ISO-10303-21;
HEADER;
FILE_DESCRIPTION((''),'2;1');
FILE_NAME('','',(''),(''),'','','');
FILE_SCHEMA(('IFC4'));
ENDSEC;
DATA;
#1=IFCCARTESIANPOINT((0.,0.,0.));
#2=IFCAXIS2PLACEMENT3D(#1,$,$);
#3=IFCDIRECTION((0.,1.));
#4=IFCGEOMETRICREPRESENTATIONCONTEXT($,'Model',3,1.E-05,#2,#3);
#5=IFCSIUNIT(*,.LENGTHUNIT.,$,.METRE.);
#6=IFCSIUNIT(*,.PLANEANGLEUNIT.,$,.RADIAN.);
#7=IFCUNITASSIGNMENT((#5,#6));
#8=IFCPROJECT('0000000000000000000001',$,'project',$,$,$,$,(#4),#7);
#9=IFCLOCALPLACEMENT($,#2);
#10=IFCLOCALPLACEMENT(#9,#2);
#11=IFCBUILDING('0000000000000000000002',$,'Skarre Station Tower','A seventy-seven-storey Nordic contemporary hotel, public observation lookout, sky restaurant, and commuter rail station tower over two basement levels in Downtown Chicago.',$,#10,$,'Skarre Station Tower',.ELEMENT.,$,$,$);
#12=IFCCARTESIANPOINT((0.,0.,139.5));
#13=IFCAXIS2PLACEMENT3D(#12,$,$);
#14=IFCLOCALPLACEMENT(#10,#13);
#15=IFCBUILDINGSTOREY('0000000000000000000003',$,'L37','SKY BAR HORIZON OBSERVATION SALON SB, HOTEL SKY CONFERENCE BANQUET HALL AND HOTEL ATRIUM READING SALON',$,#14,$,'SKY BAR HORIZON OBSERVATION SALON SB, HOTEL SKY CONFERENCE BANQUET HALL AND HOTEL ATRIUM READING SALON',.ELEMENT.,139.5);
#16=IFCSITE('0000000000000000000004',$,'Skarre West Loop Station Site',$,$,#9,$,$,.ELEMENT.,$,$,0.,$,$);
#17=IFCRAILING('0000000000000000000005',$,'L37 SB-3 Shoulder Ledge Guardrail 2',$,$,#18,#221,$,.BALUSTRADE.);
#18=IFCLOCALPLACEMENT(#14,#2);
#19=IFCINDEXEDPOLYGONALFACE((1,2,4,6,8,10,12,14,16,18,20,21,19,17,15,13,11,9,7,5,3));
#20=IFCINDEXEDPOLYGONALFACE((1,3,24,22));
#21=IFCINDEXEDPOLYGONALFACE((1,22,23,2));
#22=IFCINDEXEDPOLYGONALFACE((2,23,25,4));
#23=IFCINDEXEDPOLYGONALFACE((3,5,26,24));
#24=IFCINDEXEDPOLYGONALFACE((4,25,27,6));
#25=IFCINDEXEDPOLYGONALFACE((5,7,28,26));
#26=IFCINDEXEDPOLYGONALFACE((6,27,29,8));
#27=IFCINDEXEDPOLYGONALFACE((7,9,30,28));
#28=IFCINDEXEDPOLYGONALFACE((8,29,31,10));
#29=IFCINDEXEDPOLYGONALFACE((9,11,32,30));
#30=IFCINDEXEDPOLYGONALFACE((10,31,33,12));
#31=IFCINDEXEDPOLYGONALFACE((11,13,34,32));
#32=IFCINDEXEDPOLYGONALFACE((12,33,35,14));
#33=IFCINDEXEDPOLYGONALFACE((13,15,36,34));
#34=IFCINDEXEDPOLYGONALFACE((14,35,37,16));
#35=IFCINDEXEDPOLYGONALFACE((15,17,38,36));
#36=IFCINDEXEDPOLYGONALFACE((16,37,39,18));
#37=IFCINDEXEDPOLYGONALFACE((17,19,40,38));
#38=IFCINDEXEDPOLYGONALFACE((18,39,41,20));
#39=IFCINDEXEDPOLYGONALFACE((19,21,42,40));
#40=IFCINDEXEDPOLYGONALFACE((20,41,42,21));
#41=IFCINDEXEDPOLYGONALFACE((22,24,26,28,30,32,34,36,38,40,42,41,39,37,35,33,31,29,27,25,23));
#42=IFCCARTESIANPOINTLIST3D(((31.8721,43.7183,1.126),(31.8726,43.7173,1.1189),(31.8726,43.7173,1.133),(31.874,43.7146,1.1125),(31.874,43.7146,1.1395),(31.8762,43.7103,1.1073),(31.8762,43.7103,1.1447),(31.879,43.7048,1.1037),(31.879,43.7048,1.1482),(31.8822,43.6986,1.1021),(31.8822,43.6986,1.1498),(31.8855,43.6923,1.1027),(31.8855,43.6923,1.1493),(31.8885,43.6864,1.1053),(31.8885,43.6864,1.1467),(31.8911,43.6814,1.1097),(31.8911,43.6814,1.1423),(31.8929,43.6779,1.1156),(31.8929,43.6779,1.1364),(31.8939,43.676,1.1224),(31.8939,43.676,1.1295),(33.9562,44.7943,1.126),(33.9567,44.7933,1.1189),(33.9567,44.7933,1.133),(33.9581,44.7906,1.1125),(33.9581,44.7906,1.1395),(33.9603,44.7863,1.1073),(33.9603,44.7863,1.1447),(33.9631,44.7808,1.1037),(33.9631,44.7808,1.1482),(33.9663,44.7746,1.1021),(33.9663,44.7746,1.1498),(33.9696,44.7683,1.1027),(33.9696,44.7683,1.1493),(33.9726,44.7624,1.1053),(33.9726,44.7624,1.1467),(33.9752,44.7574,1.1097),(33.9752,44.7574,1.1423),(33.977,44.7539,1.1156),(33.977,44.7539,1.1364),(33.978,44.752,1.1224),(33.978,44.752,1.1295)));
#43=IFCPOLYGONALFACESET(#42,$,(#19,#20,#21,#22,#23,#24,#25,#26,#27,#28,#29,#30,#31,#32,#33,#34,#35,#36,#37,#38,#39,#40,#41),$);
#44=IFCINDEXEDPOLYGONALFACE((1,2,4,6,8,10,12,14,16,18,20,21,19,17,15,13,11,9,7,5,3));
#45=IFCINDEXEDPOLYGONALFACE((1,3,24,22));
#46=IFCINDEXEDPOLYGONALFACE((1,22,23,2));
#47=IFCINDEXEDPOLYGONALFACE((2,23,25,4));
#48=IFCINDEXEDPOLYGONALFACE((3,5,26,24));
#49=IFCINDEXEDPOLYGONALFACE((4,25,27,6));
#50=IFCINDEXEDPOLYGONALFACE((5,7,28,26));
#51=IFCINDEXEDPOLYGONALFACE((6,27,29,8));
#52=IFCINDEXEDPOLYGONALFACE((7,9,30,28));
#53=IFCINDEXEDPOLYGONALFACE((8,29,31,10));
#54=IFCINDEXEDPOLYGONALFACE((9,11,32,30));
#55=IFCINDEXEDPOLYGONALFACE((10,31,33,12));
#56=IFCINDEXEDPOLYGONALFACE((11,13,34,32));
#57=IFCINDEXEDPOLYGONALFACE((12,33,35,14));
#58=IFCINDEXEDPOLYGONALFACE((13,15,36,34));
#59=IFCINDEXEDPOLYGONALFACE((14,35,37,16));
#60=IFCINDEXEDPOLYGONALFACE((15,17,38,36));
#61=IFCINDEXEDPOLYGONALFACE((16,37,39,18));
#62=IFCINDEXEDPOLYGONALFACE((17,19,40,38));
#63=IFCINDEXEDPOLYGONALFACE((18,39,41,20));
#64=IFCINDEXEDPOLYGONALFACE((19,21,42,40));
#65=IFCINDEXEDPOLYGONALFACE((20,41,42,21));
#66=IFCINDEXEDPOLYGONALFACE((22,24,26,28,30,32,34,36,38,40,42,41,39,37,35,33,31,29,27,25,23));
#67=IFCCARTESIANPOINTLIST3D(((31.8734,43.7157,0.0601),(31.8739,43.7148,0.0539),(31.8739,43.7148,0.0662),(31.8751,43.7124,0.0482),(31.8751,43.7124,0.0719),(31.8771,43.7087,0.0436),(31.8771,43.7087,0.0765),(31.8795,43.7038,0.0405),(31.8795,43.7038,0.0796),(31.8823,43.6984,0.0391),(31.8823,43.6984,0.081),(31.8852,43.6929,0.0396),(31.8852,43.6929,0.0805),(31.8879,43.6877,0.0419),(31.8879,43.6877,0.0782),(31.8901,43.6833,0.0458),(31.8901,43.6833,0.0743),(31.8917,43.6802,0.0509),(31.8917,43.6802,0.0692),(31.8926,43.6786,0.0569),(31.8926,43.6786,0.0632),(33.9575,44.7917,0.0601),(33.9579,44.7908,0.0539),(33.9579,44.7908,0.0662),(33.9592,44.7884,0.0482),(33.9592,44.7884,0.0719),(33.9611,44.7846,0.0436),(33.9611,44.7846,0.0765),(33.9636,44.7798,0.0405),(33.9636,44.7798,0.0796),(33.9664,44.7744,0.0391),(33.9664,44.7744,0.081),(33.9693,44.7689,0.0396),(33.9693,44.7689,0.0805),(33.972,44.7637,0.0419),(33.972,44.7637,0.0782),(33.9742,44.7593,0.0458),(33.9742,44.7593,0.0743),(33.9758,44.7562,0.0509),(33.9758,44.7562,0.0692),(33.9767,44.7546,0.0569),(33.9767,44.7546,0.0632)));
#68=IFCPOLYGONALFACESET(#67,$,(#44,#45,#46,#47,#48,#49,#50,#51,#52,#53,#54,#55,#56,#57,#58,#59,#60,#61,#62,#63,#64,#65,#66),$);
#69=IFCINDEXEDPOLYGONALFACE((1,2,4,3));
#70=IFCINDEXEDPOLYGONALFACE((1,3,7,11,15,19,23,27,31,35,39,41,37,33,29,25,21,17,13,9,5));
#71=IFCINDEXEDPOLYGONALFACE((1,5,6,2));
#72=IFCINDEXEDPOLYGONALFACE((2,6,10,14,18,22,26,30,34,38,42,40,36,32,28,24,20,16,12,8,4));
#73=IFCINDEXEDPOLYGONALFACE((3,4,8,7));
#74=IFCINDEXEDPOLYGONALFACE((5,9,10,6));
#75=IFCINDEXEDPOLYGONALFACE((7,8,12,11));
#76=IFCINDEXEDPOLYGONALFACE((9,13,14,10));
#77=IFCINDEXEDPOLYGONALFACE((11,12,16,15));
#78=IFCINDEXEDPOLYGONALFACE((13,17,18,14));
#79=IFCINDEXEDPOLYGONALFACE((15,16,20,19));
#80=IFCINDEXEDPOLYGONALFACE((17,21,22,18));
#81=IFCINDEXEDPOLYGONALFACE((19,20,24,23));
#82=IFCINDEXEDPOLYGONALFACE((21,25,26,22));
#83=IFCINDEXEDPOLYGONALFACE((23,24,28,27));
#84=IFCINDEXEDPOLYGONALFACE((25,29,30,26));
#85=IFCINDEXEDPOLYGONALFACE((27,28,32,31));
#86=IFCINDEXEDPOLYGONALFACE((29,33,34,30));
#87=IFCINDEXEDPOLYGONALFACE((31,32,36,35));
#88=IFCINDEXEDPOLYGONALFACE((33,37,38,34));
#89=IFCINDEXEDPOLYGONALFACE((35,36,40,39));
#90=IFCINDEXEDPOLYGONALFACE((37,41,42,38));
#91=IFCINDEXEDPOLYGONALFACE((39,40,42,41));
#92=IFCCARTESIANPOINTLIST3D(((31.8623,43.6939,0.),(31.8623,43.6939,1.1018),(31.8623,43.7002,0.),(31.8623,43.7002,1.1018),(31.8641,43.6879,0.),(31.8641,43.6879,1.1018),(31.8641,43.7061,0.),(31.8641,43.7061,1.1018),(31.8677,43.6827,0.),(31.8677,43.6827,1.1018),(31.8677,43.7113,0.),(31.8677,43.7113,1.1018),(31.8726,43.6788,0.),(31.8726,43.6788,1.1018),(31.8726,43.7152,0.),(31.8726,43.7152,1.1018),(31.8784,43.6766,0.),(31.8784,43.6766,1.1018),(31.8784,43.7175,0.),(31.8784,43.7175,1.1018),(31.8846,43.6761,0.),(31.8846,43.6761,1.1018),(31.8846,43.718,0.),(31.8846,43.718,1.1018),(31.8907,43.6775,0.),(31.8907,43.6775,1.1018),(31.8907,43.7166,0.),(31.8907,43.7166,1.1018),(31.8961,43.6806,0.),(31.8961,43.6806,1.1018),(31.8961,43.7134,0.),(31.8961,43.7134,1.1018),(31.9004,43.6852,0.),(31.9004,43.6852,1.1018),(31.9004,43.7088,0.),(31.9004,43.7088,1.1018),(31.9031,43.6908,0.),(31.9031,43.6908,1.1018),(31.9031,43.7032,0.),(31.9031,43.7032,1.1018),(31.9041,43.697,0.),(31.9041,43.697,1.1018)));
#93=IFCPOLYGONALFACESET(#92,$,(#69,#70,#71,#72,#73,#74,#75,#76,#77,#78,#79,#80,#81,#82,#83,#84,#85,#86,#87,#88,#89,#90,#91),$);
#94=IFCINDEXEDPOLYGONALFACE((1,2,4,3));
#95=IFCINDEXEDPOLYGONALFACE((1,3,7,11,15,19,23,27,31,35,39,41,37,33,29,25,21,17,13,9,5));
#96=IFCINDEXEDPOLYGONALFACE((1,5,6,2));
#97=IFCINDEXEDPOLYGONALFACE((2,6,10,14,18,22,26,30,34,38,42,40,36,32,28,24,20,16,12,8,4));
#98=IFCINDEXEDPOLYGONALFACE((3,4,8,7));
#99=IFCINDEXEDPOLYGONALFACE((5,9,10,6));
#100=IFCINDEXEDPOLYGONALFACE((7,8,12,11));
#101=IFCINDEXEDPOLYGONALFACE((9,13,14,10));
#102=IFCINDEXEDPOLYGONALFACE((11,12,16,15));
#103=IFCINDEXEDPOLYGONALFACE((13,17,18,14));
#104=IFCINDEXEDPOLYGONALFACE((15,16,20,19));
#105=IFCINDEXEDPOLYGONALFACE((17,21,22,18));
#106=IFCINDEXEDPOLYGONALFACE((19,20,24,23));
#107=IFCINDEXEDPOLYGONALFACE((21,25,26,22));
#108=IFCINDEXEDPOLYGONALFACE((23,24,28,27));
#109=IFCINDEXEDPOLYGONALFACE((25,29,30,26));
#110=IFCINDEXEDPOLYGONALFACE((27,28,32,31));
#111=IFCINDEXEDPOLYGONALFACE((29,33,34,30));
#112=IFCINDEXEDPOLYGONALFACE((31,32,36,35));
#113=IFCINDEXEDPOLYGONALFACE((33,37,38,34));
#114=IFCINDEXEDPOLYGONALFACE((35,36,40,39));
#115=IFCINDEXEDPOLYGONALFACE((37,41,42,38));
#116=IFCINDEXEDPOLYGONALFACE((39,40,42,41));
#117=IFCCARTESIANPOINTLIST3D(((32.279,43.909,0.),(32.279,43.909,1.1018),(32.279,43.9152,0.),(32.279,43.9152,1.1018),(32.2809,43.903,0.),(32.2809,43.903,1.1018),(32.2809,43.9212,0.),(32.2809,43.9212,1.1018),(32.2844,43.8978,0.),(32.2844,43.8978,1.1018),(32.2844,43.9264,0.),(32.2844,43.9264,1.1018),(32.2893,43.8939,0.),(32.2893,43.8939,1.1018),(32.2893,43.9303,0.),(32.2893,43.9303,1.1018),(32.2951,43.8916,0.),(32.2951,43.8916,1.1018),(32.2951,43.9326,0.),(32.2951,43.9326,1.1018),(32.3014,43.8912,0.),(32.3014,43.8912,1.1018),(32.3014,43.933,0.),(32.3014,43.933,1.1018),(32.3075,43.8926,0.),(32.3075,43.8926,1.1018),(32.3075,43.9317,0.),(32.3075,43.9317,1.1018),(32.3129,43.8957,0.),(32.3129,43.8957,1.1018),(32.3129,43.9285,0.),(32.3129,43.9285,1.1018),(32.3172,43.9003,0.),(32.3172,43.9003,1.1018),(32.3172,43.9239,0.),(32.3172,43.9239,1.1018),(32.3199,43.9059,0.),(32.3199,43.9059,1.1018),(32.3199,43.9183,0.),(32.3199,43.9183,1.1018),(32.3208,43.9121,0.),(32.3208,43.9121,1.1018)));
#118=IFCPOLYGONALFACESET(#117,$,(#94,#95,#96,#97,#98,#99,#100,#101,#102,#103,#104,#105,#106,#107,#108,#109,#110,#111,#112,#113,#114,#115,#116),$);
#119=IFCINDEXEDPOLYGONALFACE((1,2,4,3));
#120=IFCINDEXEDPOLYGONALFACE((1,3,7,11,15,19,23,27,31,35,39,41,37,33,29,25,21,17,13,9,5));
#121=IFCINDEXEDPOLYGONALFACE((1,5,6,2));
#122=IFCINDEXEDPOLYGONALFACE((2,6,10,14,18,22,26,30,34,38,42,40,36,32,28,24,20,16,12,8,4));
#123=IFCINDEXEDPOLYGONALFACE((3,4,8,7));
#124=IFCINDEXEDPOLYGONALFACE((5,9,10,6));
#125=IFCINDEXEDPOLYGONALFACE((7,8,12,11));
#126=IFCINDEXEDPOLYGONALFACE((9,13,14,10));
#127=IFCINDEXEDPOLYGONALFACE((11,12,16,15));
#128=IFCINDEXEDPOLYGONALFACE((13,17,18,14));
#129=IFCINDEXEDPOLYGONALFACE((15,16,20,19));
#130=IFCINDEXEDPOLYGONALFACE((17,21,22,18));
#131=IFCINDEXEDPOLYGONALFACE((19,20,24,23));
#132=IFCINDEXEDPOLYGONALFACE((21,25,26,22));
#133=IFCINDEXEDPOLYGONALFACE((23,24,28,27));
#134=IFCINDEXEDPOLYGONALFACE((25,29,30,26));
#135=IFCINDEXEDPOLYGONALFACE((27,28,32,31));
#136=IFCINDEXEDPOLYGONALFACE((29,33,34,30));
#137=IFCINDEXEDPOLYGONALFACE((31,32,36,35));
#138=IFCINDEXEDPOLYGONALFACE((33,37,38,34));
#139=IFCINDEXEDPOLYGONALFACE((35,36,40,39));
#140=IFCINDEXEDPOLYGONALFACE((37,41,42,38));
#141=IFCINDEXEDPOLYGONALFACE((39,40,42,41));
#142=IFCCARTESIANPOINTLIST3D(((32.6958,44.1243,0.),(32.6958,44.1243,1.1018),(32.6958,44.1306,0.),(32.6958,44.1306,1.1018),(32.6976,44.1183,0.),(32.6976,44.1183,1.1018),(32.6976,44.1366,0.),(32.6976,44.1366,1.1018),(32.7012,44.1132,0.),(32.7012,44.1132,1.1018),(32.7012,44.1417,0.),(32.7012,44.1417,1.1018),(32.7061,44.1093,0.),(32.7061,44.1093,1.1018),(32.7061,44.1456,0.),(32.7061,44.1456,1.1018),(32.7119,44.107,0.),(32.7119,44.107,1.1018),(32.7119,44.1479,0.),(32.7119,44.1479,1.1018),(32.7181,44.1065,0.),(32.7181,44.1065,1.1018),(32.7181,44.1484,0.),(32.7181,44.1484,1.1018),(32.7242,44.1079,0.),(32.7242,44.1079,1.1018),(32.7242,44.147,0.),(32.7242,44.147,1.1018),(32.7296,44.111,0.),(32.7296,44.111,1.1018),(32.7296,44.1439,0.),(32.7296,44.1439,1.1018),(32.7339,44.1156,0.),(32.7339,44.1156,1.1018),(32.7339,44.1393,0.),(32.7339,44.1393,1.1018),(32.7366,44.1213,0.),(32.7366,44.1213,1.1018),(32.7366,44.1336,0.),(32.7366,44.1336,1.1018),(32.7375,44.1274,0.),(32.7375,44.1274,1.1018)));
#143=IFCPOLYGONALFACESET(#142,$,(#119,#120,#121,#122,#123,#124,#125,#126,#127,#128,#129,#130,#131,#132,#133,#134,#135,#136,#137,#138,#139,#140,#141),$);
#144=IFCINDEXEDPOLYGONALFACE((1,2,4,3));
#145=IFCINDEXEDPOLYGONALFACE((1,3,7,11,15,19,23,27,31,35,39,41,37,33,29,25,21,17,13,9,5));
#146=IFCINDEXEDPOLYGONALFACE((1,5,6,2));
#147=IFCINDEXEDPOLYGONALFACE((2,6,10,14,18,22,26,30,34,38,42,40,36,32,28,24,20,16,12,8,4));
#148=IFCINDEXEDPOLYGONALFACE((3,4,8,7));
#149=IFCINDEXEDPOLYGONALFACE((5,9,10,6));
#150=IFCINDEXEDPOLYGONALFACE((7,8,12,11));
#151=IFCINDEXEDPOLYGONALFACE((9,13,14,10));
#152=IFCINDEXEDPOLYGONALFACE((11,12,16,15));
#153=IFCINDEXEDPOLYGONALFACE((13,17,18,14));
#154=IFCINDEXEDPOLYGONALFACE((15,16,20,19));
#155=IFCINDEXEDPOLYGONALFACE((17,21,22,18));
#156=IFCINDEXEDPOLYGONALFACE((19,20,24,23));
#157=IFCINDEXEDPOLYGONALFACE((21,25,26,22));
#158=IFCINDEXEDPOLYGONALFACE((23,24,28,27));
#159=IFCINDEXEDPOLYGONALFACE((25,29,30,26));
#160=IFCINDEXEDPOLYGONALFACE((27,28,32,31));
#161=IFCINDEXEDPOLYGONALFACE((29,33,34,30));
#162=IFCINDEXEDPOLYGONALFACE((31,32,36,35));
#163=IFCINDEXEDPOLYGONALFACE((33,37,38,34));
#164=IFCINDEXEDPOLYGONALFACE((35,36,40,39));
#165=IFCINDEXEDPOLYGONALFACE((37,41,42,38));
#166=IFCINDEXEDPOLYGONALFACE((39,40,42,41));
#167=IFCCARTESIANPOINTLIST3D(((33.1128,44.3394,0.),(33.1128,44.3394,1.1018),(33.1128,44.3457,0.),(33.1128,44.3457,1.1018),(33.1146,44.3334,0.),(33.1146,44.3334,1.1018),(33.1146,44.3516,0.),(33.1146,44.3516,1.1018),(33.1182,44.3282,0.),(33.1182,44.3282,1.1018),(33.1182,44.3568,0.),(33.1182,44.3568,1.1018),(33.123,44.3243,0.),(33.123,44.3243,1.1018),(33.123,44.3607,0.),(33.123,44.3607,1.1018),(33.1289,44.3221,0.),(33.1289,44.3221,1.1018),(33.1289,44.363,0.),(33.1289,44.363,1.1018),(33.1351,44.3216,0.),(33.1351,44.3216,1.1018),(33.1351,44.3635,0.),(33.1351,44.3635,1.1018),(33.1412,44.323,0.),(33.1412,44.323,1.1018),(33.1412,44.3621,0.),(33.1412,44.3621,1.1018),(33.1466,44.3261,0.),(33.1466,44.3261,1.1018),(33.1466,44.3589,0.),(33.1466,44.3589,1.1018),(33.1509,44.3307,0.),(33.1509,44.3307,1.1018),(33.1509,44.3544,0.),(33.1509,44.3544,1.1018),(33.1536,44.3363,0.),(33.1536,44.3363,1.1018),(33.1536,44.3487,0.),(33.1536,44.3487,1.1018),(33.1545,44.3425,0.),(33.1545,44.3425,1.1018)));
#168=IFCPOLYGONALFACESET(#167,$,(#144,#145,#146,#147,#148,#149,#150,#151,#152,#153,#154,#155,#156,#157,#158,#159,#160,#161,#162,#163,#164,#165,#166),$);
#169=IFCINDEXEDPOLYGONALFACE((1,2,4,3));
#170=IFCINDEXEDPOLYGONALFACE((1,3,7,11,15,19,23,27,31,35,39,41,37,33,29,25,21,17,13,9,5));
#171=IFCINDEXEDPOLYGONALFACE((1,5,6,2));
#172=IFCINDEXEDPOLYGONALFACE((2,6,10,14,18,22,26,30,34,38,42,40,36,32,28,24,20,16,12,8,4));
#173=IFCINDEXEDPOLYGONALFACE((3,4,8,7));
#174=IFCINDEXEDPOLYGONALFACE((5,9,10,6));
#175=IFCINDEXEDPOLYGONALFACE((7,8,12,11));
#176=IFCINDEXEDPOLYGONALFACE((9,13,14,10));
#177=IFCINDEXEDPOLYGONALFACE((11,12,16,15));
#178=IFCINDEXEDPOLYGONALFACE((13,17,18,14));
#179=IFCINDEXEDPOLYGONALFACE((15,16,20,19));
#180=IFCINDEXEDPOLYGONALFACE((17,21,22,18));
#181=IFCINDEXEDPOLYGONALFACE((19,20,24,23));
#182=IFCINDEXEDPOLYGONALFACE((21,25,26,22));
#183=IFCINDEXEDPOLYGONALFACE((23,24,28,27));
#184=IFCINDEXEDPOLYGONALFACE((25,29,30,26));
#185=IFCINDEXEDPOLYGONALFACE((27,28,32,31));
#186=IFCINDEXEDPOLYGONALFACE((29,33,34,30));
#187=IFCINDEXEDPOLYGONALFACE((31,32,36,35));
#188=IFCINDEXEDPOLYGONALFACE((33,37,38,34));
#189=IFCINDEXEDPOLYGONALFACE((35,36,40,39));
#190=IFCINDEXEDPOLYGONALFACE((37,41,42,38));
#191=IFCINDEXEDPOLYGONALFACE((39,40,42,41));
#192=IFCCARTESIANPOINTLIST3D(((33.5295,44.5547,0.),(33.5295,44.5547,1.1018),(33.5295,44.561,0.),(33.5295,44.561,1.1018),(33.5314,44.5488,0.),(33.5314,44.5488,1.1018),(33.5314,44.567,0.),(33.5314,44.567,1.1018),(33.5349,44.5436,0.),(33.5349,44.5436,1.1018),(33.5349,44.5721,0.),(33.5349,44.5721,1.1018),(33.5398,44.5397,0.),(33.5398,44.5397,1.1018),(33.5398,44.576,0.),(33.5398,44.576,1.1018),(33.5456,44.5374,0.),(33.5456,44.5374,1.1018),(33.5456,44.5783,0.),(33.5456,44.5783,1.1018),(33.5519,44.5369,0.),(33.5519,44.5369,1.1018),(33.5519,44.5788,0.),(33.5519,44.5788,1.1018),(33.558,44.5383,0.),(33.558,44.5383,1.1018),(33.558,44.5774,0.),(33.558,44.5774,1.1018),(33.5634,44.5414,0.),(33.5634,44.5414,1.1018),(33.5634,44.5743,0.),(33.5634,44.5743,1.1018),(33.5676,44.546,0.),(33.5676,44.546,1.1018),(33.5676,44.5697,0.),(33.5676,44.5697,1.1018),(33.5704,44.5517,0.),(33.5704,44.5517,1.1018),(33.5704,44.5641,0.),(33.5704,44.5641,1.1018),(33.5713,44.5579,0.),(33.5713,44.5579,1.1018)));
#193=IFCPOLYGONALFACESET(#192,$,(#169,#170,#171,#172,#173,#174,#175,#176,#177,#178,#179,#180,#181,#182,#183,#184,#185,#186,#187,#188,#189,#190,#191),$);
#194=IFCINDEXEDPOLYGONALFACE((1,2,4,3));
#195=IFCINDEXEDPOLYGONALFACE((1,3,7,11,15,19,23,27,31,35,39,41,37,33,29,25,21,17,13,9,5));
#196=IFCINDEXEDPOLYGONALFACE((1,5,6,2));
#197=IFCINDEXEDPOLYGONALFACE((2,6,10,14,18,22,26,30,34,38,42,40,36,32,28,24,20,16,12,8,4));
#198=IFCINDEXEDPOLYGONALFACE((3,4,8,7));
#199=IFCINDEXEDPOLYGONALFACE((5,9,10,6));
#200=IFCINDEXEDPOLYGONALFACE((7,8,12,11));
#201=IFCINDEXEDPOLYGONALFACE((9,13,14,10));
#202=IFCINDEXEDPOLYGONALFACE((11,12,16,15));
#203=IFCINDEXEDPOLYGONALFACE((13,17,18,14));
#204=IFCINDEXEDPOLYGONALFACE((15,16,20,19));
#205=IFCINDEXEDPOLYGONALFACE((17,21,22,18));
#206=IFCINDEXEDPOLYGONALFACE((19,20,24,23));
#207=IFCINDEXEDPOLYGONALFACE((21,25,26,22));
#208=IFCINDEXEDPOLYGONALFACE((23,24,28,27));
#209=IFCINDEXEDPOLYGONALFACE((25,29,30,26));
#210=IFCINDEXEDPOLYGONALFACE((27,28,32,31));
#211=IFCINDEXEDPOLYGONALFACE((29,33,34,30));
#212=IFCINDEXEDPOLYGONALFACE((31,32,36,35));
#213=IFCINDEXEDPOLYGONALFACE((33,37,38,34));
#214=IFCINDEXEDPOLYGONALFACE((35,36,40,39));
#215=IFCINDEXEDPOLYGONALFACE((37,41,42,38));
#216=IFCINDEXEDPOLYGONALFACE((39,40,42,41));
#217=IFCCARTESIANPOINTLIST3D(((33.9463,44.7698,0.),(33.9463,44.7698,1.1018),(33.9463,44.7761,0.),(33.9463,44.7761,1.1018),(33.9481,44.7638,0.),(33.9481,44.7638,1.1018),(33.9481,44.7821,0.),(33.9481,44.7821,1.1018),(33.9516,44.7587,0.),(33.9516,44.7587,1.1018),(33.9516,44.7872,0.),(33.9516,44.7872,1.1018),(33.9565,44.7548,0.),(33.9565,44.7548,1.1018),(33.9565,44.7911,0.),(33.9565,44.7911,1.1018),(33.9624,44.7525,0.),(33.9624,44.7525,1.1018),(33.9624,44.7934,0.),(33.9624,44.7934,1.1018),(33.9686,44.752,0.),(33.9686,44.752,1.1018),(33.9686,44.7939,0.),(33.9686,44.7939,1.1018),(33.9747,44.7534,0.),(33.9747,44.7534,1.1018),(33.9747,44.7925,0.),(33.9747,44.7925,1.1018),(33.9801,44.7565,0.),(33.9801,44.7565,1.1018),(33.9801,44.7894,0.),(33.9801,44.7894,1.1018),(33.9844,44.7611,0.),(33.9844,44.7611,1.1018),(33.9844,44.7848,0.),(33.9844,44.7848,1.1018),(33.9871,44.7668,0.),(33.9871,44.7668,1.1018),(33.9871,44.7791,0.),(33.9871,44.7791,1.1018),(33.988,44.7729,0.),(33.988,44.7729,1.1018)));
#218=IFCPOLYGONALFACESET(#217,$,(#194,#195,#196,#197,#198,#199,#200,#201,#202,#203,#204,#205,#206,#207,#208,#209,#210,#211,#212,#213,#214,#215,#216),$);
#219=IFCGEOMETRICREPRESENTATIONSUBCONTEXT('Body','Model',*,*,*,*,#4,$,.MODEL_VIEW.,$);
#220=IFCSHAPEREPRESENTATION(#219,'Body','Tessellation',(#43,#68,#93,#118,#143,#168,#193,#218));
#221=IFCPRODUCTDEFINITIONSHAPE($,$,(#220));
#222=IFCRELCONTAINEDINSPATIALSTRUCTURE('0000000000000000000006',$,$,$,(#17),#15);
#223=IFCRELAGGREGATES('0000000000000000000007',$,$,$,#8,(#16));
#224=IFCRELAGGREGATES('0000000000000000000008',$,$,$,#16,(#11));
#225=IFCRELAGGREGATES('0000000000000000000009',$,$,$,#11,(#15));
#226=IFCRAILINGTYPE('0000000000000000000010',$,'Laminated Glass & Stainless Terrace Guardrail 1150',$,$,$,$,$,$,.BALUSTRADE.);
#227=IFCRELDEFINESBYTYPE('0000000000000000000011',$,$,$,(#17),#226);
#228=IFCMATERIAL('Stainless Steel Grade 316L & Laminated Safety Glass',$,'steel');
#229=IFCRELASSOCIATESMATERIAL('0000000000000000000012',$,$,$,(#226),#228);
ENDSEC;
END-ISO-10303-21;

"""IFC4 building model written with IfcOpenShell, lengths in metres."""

from ifc_helpers import new_model, si_unit, direction, frame, origin, origin_2d, place, context, subcontext, project, spatial, circle, extrude, material, type_object, element, save


model = new_model("IFC4")

# Units and contexts
model_context = context("Model", 3, precision=1e-05, world=origin(), true_north=direction((0.0, 1.0)))
body_context = subcontext(model_context, "Body", "Model", "MODEL_VIEW")
ifc_project = project(units=[si_unit("LENGTHUNIT", "METRE"), si_unit("PLANEANGLEUNIT", "RADIAN")], contexts=[model_context])

# Site, building, storey
site_placement = place(None, origin())
site = spatial("IfcSite", under=ifc_project, at=site_placement, Name="Skarre West Loop Station Site", CompositionType="ELEMENT", RefElevation=0.0)
building_placement = place(site_placement, origin())
building = spatial("IfcBuilding", under=site, at=building_placement, Name="Skarre Station Tower", Description="A seventy-seven-storey Nordic contemporary hotel, public observation lookout, sky restaurant, and commuter rail station tower over two basement levels in Downtown Chicago.", LongName="Skarre Station Tower", CompositionType="ELEMENT")
storey_placement = place(building_placement, frame((0.0, 0.0, 139.5)))
storey = spatial("IfcBuildingStorey", under=building, at=storey_placement, Name="L37", Description="SKY BAR HORIZON OBSERVATION SALON SB, HOTEL SKY CONFERENCE BANQUET HALL AND HOTEL ATRIUM READING SALON", LongName="SKY BAR HORIZON OBSERVATION SALON SB, HOTEL SKY CONFERENCE BANQUET HALL AND HOTEL ATRIUM READING SALON", CompositionType="ELEMENT", Elevation=139.5)

# Railing
ifc_material_1 = material(Name="Stainless Steel Grade 316L & Laminated Safety Glass", Category="steel")
railing_type = type_object("IfcRailingType", Name="Laminated Glass & Stainless Terrace Guardrail 1150", PredefinedType="BALUSTRADE", material=ifc_material_1)
railing_placement = place(storey_placement, frame((31.8831, 43.697, 0.0)))
element("IfcRailing", 1, at=railing_placement, inside=storey, type_object=railing_type, Name="L37 SB-3 Shoulder Ledge Guardrail 2", PredefinedType="BALUSTRADE", context=body_context, shape_type="SweptSolid", body=[
    extrude(circle(Radius=0.0239, at=origin_2d()), frame((0.0, 0.0, 1.126), z_axis=(0.888565, 0.458752, 0.0), x_axis=(-0.458752, 0.888565, 0.0)), (0.0, 0.0, 1.0), 2.3455),
    extrude(circle(Radius=0.021, at=origin_2d()), frame((0.0, 0.0, 0.0601), z_axis=(0.888565, 0.458752, 0.0), x_axis=(-0.458752, 0.888565, 0.0)), (0.0, 0.0, 1.0), 2.3455),
    extrude(circle(Radius=0.021, at=origin_2d()), origin(), (0.0, 0.0, 1.0), 1.1018),
    extrude(circle(Radius=0.021, at=origin_2d()), frame((0.4167, 0.2151, 0.0)), (0.0, 0.0, 1.0), 1.1018),
    extrude(circle(Radius=0.021, at=origin_2d()), frame((0.8335, 0.4304, 0.0)), (0.0, 0.0, 1.0), 1.1018),
    extrude(circle(Radius=0.021, at=origin_2d()), frame((1.2505, 0.6455, 0.0)), (0.0, 0.0, 1.0), 1.1018),
    extrude(circle(Radius=0.021, at=origin_2d()), frame((1.6672, 0.8608, 0.0)), (0.0, 0.0, 1.0), 1.1018),
    extrude(circle(Radius=0.021, at=origin_2d()), frame((2.084, 1.0759, 0.0)), (0.0, 0.0, 1.0), 1.1018),
])

save(model, "model.ifc")
